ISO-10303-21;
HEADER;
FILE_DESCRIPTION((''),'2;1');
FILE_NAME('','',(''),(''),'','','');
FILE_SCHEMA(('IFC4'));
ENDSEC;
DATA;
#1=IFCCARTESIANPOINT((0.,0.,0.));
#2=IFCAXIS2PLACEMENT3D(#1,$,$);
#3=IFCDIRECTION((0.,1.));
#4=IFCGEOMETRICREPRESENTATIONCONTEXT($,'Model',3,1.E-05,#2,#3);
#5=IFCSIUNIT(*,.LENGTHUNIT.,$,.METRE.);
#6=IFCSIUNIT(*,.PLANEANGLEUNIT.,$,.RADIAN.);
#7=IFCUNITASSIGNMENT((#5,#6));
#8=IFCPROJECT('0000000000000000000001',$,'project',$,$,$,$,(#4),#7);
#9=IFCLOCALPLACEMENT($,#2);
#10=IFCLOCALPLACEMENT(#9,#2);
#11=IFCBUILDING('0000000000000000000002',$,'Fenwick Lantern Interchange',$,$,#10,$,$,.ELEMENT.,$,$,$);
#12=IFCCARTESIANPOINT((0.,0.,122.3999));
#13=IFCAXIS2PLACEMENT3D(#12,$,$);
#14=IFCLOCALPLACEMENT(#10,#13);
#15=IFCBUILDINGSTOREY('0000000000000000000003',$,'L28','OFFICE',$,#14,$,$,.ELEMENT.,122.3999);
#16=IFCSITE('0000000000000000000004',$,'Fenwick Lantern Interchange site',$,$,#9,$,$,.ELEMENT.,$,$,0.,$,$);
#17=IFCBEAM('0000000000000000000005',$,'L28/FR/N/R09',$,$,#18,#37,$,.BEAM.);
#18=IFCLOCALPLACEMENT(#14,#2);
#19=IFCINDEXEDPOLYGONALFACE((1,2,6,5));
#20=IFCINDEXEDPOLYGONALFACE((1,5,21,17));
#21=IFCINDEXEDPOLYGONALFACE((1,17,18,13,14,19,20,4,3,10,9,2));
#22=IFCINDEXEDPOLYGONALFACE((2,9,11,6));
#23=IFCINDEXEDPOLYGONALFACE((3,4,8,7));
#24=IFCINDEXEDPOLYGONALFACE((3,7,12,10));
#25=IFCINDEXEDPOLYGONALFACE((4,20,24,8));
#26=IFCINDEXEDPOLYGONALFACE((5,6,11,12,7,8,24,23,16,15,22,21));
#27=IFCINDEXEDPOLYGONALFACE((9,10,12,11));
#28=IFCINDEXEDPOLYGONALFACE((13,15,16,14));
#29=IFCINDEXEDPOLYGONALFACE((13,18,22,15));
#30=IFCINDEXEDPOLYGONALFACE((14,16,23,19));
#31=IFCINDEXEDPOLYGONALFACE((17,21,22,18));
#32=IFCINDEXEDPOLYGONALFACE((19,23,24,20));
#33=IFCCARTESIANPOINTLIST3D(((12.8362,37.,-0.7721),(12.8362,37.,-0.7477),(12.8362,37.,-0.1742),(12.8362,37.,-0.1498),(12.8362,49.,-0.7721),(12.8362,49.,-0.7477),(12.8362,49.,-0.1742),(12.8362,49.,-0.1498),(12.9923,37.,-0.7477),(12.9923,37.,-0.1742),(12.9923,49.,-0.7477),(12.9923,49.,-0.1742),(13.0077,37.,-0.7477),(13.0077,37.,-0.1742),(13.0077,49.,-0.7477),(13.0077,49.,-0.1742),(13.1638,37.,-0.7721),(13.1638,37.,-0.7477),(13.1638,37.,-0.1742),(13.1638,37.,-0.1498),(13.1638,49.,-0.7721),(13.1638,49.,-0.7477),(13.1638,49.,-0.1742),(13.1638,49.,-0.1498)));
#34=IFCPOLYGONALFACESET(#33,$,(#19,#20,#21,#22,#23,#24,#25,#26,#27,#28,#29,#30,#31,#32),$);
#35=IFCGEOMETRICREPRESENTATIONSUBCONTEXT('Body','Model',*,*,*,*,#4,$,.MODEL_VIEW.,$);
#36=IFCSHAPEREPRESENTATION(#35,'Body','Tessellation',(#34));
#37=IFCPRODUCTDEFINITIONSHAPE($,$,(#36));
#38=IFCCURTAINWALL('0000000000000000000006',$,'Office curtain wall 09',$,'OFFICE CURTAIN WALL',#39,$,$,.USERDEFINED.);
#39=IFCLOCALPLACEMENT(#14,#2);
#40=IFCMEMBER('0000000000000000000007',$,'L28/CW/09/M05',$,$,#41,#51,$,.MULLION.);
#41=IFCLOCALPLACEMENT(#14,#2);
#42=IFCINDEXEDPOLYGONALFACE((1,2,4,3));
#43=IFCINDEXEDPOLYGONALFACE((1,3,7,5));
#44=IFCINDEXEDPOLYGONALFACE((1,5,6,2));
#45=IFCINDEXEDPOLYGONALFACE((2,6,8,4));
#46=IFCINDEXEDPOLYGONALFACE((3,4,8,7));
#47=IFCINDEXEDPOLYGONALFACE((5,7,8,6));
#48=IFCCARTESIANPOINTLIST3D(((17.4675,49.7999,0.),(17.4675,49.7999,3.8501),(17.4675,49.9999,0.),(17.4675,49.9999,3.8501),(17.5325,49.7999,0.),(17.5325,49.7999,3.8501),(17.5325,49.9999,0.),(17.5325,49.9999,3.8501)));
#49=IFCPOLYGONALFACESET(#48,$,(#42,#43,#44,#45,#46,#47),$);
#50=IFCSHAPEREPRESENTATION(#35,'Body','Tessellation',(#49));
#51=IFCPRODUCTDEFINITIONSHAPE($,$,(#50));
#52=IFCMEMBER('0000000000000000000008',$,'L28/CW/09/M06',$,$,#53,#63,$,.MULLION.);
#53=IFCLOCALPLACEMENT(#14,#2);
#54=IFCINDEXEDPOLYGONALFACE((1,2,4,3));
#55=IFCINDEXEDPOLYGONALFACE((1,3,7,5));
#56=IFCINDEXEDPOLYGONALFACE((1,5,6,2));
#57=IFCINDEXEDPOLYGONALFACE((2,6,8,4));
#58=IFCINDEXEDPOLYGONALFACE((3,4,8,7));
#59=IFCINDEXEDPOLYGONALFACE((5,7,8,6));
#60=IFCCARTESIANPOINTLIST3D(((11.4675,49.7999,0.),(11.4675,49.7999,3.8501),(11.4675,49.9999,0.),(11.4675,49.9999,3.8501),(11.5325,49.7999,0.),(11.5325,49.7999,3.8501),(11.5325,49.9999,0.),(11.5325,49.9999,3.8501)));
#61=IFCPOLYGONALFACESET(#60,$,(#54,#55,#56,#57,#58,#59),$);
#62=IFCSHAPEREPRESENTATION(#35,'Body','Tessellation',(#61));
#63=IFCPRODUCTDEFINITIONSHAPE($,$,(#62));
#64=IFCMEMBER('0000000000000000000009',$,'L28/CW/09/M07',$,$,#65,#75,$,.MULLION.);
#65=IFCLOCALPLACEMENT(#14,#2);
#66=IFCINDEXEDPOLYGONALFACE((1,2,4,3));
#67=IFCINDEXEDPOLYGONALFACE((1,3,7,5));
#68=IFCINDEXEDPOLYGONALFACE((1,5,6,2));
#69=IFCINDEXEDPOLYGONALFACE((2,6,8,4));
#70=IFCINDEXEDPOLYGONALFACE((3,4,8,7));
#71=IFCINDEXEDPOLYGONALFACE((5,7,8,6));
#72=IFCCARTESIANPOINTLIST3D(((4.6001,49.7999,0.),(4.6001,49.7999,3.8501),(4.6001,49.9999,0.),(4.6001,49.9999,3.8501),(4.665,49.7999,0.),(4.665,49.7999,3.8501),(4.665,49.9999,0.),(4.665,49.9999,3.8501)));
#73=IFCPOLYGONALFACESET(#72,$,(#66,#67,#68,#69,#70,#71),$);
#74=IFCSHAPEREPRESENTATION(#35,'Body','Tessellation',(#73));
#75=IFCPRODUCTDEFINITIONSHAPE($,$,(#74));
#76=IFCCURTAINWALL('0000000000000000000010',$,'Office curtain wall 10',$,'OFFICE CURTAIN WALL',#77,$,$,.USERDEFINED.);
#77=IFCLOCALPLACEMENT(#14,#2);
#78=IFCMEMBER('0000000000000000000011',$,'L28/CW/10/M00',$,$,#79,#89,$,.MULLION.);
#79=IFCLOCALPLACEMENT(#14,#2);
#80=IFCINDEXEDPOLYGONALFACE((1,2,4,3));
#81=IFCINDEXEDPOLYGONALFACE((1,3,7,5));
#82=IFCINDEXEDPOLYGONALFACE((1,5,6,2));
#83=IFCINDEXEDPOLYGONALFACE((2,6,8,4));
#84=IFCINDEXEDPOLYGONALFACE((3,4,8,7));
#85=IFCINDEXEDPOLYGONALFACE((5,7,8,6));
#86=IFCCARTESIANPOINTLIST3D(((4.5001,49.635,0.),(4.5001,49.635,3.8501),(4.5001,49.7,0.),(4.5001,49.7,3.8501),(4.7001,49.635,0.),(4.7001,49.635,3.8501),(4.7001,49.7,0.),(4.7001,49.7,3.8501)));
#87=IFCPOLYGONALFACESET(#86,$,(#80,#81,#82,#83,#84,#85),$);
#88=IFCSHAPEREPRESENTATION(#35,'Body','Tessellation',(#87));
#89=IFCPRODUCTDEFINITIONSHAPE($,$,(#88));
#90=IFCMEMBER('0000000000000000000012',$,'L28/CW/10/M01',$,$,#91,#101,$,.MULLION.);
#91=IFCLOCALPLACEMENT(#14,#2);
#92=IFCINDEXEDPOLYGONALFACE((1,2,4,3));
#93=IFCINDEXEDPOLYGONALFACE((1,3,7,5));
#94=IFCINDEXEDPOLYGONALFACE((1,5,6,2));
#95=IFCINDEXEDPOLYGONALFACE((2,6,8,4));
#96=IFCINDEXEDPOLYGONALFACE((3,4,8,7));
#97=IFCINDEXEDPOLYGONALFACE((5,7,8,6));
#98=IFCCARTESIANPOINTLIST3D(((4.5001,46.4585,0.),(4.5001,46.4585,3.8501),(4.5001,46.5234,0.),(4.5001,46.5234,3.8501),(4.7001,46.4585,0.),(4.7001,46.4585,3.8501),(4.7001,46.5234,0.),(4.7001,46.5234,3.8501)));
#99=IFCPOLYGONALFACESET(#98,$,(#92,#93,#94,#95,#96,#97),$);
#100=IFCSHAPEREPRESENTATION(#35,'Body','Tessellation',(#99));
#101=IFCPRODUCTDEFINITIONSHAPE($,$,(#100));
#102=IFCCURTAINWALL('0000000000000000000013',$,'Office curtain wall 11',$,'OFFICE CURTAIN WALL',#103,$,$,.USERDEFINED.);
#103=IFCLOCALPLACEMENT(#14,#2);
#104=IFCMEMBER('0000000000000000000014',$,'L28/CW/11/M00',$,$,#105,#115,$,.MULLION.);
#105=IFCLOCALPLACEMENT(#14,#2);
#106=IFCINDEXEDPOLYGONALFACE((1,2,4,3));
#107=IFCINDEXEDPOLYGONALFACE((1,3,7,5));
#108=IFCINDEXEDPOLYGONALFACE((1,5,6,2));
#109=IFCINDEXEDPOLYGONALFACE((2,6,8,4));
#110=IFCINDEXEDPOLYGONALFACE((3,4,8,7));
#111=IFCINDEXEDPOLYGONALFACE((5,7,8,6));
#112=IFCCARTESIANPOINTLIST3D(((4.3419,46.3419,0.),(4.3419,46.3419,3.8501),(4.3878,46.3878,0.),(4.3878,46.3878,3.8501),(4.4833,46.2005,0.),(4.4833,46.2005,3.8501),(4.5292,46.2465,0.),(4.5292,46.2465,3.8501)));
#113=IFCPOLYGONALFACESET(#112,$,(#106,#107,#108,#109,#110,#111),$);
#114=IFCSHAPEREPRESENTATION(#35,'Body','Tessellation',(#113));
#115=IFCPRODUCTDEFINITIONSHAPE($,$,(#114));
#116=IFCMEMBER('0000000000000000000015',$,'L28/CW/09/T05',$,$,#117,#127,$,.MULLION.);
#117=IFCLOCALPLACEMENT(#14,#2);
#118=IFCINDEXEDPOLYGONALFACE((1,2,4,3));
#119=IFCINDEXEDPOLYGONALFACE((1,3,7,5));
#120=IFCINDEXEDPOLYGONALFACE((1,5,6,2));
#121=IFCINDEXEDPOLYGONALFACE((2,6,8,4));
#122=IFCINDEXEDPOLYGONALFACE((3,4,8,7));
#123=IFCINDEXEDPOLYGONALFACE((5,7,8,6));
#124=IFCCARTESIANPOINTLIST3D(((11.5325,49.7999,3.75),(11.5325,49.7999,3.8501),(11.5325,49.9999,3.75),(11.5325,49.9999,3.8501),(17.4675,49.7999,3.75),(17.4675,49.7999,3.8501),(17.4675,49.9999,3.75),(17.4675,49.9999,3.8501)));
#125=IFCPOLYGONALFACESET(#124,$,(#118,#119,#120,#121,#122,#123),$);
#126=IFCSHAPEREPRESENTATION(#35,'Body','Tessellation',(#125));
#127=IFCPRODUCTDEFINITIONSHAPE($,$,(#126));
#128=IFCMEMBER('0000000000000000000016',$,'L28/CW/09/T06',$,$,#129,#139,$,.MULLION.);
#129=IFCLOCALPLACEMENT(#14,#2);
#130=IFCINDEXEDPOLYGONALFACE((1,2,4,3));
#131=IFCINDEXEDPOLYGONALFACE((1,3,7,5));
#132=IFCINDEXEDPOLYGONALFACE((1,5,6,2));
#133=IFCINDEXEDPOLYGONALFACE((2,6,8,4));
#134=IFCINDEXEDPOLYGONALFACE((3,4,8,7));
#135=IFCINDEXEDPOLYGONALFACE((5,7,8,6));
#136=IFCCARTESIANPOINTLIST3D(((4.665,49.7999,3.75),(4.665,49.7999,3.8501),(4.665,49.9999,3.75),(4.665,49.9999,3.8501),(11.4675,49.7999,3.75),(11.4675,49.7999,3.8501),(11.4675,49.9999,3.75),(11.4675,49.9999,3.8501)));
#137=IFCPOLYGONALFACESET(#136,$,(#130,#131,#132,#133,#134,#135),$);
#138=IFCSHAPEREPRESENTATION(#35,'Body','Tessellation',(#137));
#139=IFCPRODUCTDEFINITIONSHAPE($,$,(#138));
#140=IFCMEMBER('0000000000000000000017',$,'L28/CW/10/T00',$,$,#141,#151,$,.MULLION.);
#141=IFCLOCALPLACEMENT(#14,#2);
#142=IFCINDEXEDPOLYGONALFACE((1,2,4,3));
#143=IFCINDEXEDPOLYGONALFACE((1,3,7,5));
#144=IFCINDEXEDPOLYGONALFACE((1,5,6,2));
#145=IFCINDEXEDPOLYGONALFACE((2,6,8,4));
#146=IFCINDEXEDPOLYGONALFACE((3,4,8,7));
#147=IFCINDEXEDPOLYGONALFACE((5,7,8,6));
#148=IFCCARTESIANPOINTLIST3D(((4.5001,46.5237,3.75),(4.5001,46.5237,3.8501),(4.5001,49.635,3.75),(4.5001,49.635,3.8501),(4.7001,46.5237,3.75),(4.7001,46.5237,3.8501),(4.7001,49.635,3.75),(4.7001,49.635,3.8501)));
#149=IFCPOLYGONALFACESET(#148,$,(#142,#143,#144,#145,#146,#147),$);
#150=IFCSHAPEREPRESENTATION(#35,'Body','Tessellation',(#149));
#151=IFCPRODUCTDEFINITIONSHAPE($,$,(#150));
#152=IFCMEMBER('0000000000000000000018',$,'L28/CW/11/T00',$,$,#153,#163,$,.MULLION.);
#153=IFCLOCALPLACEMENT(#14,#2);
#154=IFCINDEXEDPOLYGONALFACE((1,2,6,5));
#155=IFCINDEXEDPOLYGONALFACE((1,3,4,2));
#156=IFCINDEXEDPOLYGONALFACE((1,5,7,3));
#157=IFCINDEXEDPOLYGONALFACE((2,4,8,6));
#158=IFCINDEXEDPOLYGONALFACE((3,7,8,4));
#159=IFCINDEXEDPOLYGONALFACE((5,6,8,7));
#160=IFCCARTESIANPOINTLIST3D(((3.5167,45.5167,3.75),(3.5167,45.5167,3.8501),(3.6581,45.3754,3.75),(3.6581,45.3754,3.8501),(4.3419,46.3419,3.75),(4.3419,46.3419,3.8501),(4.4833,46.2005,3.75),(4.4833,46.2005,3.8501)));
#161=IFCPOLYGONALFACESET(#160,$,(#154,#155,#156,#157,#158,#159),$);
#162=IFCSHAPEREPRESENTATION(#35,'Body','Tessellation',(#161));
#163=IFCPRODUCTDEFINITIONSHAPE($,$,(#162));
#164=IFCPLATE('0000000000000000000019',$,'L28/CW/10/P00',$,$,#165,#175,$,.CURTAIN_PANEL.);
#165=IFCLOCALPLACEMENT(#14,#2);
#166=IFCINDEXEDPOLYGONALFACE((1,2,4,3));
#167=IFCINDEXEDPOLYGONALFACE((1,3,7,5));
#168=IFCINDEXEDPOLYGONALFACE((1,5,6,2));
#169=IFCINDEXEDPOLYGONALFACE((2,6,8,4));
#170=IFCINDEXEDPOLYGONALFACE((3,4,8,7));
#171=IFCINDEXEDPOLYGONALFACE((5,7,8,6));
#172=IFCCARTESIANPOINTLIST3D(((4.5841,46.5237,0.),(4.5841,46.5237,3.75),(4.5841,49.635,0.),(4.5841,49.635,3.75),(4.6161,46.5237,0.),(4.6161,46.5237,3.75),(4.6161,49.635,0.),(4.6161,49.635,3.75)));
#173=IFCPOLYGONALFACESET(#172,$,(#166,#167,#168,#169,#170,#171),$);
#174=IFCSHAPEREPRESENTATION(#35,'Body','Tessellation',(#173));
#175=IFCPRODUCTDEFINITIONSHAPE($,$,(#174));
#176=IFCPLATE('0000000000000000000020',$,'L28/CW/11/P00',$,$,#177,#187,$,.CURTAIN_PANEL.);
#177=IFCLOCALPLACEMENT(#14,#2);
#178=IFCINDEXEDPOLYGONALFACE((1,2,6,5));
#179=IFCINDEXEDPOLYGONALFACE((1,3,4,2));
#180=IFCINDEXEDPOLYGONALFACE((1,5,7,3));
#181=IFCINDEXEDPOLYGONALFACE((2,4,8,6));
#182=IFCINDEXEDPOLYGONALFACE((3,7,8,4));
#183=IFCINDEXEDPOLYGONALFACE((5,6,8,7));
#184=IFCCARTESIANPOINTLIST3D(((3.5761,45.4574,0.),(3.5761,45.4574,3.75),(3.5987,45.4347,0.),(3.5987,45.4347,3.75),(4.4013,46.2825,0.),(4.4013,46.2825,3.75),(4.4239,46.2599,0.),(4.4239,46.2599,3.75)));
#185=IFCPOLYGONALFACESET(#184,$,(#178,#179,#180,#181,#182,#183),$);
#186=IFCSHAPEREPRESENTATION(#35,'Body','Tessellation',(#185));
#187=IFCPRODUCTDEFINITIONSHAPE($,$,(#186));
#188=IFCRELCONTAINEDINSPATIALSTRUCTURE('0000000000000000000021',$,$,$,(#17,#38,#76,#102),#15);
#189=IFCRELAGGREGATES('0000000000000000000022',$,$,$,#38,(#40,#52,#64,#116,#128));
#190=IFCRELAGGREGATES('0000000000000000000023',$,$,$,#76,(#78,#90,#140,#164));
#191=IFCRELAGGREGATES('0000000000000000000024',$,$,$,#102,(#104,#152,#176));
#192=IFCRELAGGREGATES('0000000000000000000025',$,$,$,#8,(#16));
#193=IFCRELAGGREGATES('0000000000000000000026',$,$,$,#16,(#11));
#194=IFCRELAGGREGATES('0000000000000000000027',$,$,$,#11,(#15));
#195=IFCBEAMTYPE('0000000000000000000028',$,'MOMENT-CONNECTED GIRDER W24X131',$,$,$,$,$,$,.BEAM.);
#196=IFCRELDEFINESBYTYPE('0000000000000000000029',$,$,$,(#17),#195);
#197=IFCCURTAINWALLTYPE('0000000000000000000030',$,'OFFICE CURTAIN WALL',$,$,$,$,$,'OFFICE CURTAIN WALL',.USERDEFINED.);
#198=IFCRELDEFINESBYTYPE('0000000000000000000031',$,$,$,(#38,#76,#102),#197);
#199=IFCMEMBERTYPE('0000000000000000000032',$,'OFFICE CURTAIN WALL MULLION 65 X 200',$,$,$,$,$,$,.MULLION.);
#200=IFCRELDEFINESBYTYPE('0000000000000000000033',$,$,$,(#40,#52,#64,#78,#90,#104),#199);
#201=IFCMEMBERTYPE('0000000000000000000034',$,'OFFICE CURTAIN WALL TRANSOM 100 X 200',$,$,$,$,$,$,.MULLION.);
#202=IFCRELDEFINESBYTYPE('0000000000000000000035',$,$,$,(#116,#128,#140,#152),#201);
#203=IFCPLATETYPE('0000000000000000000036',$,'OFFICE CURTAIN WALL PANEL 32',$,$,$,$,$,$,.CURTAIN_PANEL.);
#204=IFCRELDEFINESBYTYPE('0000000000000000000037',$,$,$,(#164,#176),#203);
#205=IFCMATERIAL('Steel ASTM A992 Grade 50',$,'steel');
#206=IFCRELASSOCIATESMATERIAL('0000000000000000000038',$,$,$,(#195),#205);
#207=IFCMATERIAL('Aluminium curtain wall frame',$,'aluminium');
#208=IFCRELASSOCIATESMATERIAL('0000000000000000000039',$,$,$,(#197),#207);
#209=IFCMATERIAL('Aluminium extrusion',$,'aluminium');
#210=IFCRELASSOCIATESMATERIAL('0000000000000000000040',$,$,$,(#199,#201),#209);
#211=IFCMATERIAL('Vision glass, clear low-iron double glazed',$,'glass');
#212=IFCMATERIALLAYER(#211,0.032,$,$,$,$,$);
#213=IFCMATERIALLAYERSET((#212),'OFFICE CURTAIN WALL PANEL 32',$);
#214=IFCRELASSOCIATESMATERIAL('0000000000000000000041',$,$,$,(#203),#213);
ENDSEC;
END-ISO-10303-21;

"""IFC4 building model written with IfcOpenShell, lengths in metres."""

from ifc_helpers import new_model, si_unit, direction, frame, origin, origin_2d, place, context, subcontext, project, spatial, rectangle, i_section, extrude, material, layer, layer_set, material_profile, profile_set, type_object, element, aggregate, save


model = new_model("IFC4")

# Units and contexts
model_context = context("Model", 3, precision=1e-05, world=origin(), true_north=direction((0.0, 1.0)))
body_context = subcontext(model_context, "Body", "Model", "MODEL_VIEW")
ifc_project = project(units=[si_unit("LENGTHUNIT", "METRE"), si_unit("PLANEANGLEUNIT", "RADIAN")], contexts=[model_context])

# Site, building, storey
site_placement = place(None, origin())
site = spatial("IfcSite", under=ifc_project, at=site_placement, Name="Fenwick Lantern Interchange site", CompositionType="ELEMENT", RefElevation=0.0)
building_placement = place(site_placement, origin())
building = spatial("IfcBuilding", under=site, at=building_placement, Name="Fenwick Lantern Interchange", CompositionType="ELEMENT")
storey_placement = place(building_placement, frame((0.0, 0.0, 122.3999)))
storey = spatial("IfcBuildingStorey", under=building, at=storey_placement, Name="L28", Description="OFFICE", CompositionType="ELEMENT", Elevation=122.3999)

# Shared definitions
ifc_material_1 = material(Name="Steel ASTM A992 Grade 50", Category="steel")

# Beam
ifc_material_profile_1 = material_profile(ifc_material_1, i_section(OverallWidth=0.3276, OverallDepth=0.6223, WebThickness=0.0154, FlangeThickness=0.0244, at=origin_2d()), Name="W24X131")
ifc_profile_set_1 = profile_set([ifc_material_profile_1], Name="Steel ASTM A992 Grade 50")
beam_type_1 = type_object("IfcBeamType", Name="MOMENT-CONNECTED GIRDER W24X131", PredefinedType="BEAM", material=ifc_profile_set_1)
beam_1_placement = place(storey_placement, frame((13.0, 49.0, -0.4609), z_axis=(0.0, -1.0, 0.0), x_axis=(1.0, 0.0, 0.0)))
element("IfcBeam", 1, at=beam_1_placement, inside=storey, type_object=beam_type_1, Name="L28/FR/N/R09", PredefinedType="BEAM", context=body_context, shape_type="SweptSolid", body=[
    extrude(i_section(OverallWidth=0.3276, OverallDepth=0.6223, WebThickness=0.0154, FlangeThickness=0.0244, at=origin_2d()), origin(), (0.0, 0.0, 1.0), 12.0),
])

# Curtain walls, members
ifc_material_2 = material(Name="Aluminium curtain wall frame", Category="aluminium")
curtain_wall_type = type_object("IfcCurtainWallType", Name="OFFICE CURTAIN WALL", ElementType="OFFICE CURTAIN WALL", PredefinedType="USERDEFINED", material=ifc_material_2)
curtain_wall_1_placement = place(storey_placement, origin())
curtain_wall_1 = element("IfcCurtainWall", 2, at=curtain_wall_1_placement, inside=storey, type_object=curtain_wall_type, Name="Office curtain wall 09", ObjectType="OFFICE CURTAIN WALL", PredefinedType="USERDEFINED")
ifc_material_3 = material(Name="Aluminium extrusion", Category="aluminium")
ifc_material_profile_2 = material_profile(ifc_material_3, rectangle(XDim=0.2, YDim=0.0649, at=origin_2d()), Name="OFFICE CURTAIN WALL MULLION 65 X 200")
ifc_profile_set_2 = profile_set([ifc_material_profile_2], Name="Aluminium extrusion")
member_type_1 = type_object("IfcMemberType", Name="OFFICE CURTAIN WALL MULLION 65 X 200", PredefinedType="MULLION", material=ifc_profile_set_2)
member_1_placement = place(storey_placement, frame((17.5, 49.8999, 0.0), z_axis=(0.0, 0.0, 1.0), x_axis=(0.0, -1.0, 0.0)))
member_1 = element("IfcMember", 3, at=member_1_placement, type_object=member_type_1, Name="L28/CW/09/M05", PredefinedType="MULLION", context=body_context, shape_type="SweptSolid", body=[
    extrude(rectangle(XDim=0.2, YDim=0.0649, at=origin_2d()), origin(), (0.0, 0.0, 1.0), 3.8501),
])
member_2_placement = place(storey_placement, frame((11.5, 49.8999, 0.0), z_axis=(0.0, 0.0, 1.0), x_axis=(0.0, -1.0, 0.0)))
member_2 = element("IfcMember", 4, at=member_2_placement, type_object=member_type_1, Name="L28/CW/09/M06", PredefinedType="MULLION", context=body_context, shape_type="SweptSolid", body=[
    extrude(rectangle(XDim=0.2, YDim=0.0649, at=origin_2d()), origin(), (0.0, 0.0, 1.0), 3.8501),
])
member_3_placement = place(storey_placement, frame((4.6326, 49.8999, 0.0), z_axis=(0.0, 0.0, 1.0), x_axis=(0.0, -1.0, 0.0)))
member_3 = element("IfcMember", 5, at=member_3_placement, type_object=member_type_1, Name="L28/CW/09/M07", PredefinedType="MULLION", context=body_context, shape_type="SweptSolid", body=[
    extrude(rectangle(XDim=0.2, YDim=0.0649, at=origin_2d()), origin(), (0.0, 0.0, 1.0), 3.8501),
])
curtain_wall_2_placement = place(storey_placement, origin())
curtain_wall_2 = element("IfcCurtainWall", 6, at=curtain_wall_2_placement, inside=storey, type_object=curtain_wall_type, Name="Office curtain wall 10", ObjectType="OFFICE CURTAIN WALL", PredefinedType="USERDEFINED")
member_4_placement = place(storey_placement, frame((4.6001, 49.6675, 0.0), z_axis=(0.0, 0.0, 1.0), x_axis=(1.0, 0.0, 0.0)))
member_4 = element("IfcMember", 7, at=member_4_placement, type_object=member_type_1, Name="L28/CW/10/M00", PredefinedType="MULLION", context=body_context, shape_type="SweptSolid", body=[
    extrude(rectangle(XDim=0.2, YDim=0.0649, at=origin_2d()), origin(), (0.0, 0.0, 1.0), 3.8501),
])
member_5_placement = place(storey_placement, frame((4.6001, 46.491, 0.0), z_axis=(0.0, 0.0, 1.0), x_axis=(1.0, 0.0, 0.0)))
member_5 = element("IfcMember", 8, at=member_5_placement, type_object=member_type_1, Name="L28/CW/10/M01", PredefinedType="MULLION", context=body_context, shape_type="SweptSolid", body=[
    extrude(rectangle(XDim=0.2, YDim=0.0649, at=origin_2d()), origin(), (0.0, 0.0, 1.0), 3.8501),
])

# Curtain wall, member
curtain_wall_3_placement = place(storey_placement, origin())
curtain_wall_3 = element("IfcCurtainWall", 9, at=curtain_wall_3_placement, inside=storey, type_object=curtain_wall_type, Name="Office curtain wall 11", ObjectType="OFFICE CURTAIN WALL", PredefinedType="USERDEFINED")
member_6_placement = place(storey_placement, frame((4.4355, 46.2942, 0.0), z_axis=(0.0, 0.0, 1.0), x_axis=(0.707107, -0.707107, 0.0)))
member_6 = element("IfcMember", 10, at=member_6_placement, type_object=member_type_1, Name="L28/CW/11/M00", PredefinedType="MULLION", context=body_context, shape_type="SweptSolid", body=[
    extrude(rectangle(XDim=0.2, YDim=0.0649, at=origin_2d()), origin(), (0.0, 0.0, 1.0), 3.8501),
])

# Members
ifc_material_profile_3 = material_profile(ifc_material_3, rectangle(XDim=0.2, YDim=0.1001, at=origin_2d()), Name="OFFICE CURTAIN WALL TRANSOM 100 X 200")
ifc_profile_set_3 = profile_set([ifc_material_profile_3], Name="Aluminium extrusion")
member_type_2 = type_object("IfcMemberType", Name="OFFICE CURTAIN WALL TRANSOM 100 X 200", PredefinedType="MULLION", material=ifc_profile_set_3)
member_7_placement = place(storey_placement, frame((17.4675, 49.8999, 3.8), z_axis=(-1.0, 0.0, 0.0), x_axis=(0.0, -1.0, 0.0)))
member_7 = element("IfcMember", 11, at=member_7_placement, type_object=member_type_2, Name="L28/CW/09/T05", PredefinedType="MULLION", context=body_context, shape_type="SweptSolid", body=[
    extrude(rectangle(XDim=0.2, YDim=0.1001, at=origin_2d()), origin(), (0.0, 0.0, 1.0), 5.9351),
])
member_8_placement = place(storey_placement, frame((11.4675, 49.8999, 3.8), z_axis=(-1.0, 0.0, 0.0), x_axis=(0.0, -1.0, 0.0)))
member_8 = element("IfcMember", 12, at=member_8_placement, type_object=member_type_2, Name="L28/CW/09/T06", PredefinedType="MULLION", context=body_context, shape_type="SweptSolid", body=[
    extrude(rectangle(XDim=0.2, YDim=0.1001, at=origin_2d()), origin(), (0.0, 0.0, 1.0), 6.8025),
])
aggregate(curtain_wall_1, [member_1, member_2, member_3, member_7, member_8])
member_9_placement = place(storey_placement, frame((4.6001, 49.635, 3.8), z_axis=(0.0, -1.0, 0.0), x_axis=(1.0, 0.0, 0.0)))
member_9 = element("IfcMember", 13, at=member_9_placement, type_object=member_type_2, Name="L28/CW/10/T00", PredefinedType="MULLION", context=body_context, shape_type="SweptSolid", body=[
    extrude(rectangle(XDim=0.2, YDim=0.1001, at=origin_2d()), origin(), (0.0, 0.0, 1.0), 3.1113),
])
member_10_placement = place(storey_placement, frame((4.4126, 46.2712, 3.8), z_axis=(-0.707107, -0.707107, 0.0), x_axis=(0.707107, -0.707107, 0.0)))
member_10 = element("IfcMember", 14, at=member_10_placement, type_object=member_type_2, Name="L28/CW/11/T00", PredefinedType="MULLION", context=body_context, shape_type="SweptSolid", body=[
    extrude(rectangle(XDim=0.2, YDim=0.1001, at=origin_2d()), origin(), (0.0, 0.0, 1.0), 1.167),
])

# Plates
ifc_material_4 = material(Name="Vision glass, clear low-iron double glazed", Category="glass")
ifc_layer_1 = layer(ifc_material_4, 0.032)
ifc_layer_set_1 = layer_set([ifc_layer_1], Name="OFFICE CURTAIN WALL PANEL 32")
plate_type = type_object("IfcPlateType", Name="OFFICE CURTAIN WALL PANEL 32", PredefinedType="CURTAIN_PANEL", material=ifc_layer_set_1)
plate_1_placement = place(storey_placement, frame((4.6001, 48.0793, 0.0), z_axis=(0.0, 0.0, 1.0), x_axis=(0.0, -1.0, 0.0)))
plate_1 = element("IfcPlate", 15, at=plate_1_placement, type_object=plate_type, Name="L28/CW/10/P00", PredefinedType="CURTAIN_PANEL", context=body_context, shape_type="SweptSolid", body=[
    extrude(rectangle(XDim=3.1113, YDim=0.032, at=origin_2d()), origin(), (0.0, 0.0, 1.0), 3.75),
])
aggregate(curtain_wall_2, [member_4, member_5, member_9, plate_1])
plate_2_placement = place(storey_placement, frame((4.0, 45.8586, 0.0), z_axis=(0.0, 0.0, 1.0), x_axis=(-0.707107, -0.707107, 0.0)))
plate_2 = element("IfcPlate", 16, at=plate_2_placement, type_object=plate_type, Name="L28/CW/11/P00", PredefinedType="CURTAIN_PANEL", context=body_context, shape_type="SweptSolid", body=[
    extrude(rectangle(XDim=1.167, YDim=0.032, at=origin_2d()), origin(), (0.0, 0.0, 1.0), 3.75),
])
aggregate(curtain_wall_3, [member_6, member_10, plate_2])

save(model, "model.ifc")
